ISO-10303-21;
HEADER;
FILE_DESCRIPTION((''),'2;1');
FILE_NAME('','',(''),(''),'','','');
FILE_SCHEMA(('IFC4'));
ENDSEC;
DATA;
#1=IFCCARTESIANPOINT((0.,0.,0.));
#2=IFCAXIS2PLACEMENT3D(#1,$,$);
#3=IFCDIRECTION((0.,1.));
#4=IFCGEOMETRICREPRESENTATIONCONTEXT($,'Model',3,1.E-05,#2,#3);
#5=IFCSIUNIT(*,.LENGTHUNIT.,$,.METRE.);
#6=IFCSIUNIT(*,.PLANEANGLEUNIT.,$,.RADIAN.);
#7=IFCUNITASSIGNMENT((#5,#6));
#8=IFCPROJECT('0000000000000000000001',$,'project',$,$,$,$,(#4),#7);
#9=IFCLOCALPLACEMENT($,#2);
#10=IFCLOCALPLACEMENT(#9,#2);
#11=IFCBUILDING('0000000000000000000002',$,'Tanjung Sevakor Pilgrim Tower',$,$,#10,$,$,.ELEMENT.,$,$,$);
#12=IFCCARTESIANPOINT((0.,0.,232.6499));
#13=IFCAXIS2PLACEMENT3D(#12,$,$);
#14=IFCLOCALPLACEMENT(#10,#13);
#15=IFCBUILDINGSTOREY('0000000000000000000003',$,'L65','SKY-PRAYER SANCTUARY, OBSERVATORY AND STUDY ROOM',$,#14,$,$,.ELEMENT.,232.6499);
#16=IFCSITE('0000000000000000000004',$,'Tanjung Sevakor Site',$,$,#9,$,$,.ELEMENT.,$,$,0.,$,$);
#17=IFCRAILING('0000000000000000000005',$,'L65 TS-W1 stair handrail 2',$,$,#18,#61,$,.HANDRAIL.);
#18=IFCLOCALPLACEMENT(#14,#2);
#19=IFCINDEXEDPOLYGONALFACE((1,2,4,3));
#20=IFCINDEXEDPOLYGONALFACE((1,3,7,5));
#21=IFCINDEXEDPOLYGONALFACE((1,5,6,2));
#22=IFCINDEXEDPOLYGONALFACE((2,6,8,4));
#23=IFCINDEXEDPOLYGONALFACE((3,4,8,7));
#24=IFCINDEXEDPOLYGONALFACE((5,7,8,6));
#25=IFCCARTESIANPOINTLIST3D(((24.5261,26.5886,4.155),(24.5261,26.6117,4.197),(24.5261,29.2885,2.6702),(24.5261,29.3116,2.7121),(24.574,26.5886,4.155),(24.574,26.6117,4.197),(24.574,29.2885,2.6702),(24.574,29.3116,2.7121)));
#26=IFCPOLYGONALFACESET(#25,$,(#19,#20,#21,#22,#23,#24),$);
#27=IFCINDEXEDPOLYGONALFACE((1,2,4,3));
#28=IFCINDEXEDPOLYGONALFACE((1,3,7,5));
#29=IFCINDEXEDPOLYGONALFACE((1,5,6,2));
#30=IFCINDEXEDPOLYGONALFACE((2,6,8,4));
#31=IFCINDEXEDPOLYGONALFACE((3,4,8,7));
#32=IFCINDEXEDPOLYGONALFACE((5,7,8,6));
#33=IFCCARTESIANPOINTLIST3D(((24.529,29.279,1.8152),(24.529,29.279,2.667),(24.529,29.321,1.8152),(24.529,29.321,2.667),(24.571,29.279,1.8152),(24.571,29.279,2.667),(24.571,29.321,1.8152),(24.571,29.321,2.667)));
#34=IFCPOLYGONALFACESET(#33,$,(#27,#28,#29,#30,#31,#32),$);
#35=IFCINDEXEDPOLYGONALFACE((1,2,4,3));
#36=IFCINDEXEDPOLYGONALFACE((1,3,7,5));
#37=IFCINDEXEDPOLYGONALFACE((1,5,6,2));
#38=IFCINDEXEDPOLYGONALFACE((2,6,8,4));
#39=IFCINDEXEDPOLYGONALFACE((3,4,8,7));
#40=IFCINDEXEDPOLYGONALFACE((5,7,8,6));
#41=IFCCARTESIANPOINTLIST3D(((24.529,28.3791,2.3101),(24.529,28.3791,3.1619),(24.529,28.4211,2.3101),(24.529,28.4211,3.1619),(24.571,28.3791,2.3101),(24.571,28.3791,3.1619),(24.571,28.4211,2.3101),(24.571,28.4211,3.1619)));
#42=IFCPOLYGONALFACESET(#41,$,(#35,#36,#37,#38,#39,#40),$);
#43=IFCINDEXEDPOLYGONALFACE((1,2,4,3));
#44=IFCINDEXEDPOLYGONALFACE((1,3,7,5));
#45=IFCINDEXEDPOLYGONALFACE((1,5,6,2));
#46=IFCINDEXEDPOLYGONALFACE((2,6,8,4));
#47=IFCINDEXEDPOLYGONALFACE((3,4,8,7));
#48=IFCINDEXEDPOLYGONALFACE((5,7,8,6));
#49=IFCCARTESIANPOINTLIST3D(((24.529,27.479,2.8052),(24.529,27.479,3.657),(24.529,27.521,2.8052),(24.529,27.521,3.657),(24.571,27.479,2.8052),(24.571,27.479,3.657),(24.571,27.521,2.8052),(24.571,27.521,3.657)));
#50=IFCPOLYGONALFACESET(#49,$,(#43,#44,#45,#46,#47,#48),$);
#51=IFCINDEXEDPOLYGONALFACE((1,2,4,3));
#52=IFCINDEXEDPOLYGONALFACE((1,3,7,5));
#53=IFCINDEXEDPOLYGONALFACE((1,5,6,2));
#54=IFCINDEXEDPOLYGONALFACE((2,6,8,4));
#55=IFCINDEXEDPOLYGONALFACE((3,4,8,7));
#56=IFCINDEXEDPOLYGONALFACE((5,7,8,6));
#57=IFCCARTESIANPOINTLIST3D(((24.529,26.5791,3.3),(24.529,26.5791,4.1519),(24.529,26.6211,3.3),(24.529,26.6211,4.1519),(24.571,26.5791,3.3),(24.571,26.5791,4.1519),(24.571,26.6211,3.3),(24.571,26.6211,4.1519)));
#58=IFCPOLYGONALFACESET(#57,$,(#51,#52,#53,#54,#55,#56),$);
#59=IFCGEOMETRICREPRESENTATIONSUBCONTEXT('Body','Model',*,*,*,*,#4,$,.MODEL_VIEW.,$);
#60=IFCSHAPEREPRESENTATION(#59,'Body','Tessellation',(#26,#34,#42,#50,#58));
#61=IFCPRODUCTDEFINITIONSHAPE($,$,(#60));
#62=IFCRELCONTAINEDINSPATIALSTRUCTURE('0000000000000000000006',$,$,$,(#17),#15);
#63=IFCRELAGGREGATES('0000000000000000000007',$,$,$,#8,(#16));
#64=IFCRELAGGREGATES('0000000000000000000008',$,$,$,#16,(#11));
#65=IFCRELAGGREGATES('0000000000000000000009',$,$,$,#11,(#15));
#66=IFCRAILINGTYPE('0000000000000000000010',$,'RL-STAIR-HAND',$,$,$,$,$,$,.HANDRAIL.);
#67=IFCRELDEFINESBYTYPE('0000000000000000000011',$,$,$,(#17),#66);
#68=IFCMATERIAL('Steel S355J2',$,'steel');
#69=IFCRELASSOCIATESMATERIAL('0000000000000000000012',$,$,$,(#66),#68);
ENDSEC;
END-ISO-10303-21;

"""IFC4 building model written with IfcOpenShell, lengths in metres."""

from ifc_helpers import new_model, si_unit, direction, frame, origin, place, context, subcontext, project, spatial, rectangle, extrude, material, type_object, element, save


model = new_model("IFC4")

# Units and contexts
model_context = context("Model", 3, precision=1e-05, world=origin(), true_north=direction((0.0, 1.0)))
body_context = subcontext(model_context, "Body", "Model", "MODEL_VIEW")
ifc_project = project(units=[si_unit("LENGTHUNIT", "METRE"), si_unit("PLANEANGLEUNIT", "RADIAN")], contexts=[model_context])

# Site, building, storey
site_placement = place(None, origin())
site = spatial("IfcSite", under=ifc_project, at=site_placement, Name="Tanjung Sevakor Site", CompositionType="ELEMENT", RefElevation=0.0)
building_placement = place(site_placement, origin())
building = spatial("IfcBuilding", under=site, at=building_placement, Name="Tanjung Sevakor Pilgrim Tower", CompositionType="ELEMENT")
storey_placement = place(building_placement, frame((0.0, 0.0, 232.6499)))
storey = spatial("IfcBuildingStorey", under=building, at=storey_placement, Name="L65", Description="SKY-PRAYER SANCTUARY, OBSERVATORY AND STUDY ROOM", CompositionType="ELEMENT", Elevation=232.6499)

# Railing
ifc_material_1 = material(Name="Steel S355J2", Category="steel")
railing_type_1 = type_object("IfcRailingType", Name="RL-STAIR-HAND", PredefinedType="HANDRAIL", material=ifc_material_1)
railing_1_placement = place(storey_placement, frame((24.55, 29.3, 1.8152)))
element("IfcRailing", 1, at=railing_1_placement, inside=storey, type_object=railing_type_1, Name="L65 TS-W1 stair handrail 2", PredefinedType="HANDRAIL", context=body_context, shape_type="SweptSolid", body=[
    extrude(rectangle(XDim=0.0479, YDim=0.0479), frame((0.0, 0.0, 0.876), z_axis=(0.0, -0.876231, 0.481891), x_axis=(1.0, 0.0, 0.0)), (0.0, 0.0, 1.0), 3.0813),
    extrude(rectangle(XDim=0.042, YDim=0.042), origin(), (0.0, 0.0, 1.0), 0.8518),
    extrude(rectangle(XDim=0.042, YDim=0.042), frame((0.0, -0.8999, 0.4949)), (0.0, 0.0, 1.0), 0.8518),
    extrude(rectangle(XDim=0.042, YDim=0.042), frame((0.0, -1.8, 0.99)), (0.0, 0.0, 1.0), 0.8518),
    extrude(rectangle(XDim=0.042, YDim=0.042), frame((0.0, -2.7, 1.4849)), (0.0, 0.0, 1.0), 0.8518),
])

save(model, "model.ifc")
